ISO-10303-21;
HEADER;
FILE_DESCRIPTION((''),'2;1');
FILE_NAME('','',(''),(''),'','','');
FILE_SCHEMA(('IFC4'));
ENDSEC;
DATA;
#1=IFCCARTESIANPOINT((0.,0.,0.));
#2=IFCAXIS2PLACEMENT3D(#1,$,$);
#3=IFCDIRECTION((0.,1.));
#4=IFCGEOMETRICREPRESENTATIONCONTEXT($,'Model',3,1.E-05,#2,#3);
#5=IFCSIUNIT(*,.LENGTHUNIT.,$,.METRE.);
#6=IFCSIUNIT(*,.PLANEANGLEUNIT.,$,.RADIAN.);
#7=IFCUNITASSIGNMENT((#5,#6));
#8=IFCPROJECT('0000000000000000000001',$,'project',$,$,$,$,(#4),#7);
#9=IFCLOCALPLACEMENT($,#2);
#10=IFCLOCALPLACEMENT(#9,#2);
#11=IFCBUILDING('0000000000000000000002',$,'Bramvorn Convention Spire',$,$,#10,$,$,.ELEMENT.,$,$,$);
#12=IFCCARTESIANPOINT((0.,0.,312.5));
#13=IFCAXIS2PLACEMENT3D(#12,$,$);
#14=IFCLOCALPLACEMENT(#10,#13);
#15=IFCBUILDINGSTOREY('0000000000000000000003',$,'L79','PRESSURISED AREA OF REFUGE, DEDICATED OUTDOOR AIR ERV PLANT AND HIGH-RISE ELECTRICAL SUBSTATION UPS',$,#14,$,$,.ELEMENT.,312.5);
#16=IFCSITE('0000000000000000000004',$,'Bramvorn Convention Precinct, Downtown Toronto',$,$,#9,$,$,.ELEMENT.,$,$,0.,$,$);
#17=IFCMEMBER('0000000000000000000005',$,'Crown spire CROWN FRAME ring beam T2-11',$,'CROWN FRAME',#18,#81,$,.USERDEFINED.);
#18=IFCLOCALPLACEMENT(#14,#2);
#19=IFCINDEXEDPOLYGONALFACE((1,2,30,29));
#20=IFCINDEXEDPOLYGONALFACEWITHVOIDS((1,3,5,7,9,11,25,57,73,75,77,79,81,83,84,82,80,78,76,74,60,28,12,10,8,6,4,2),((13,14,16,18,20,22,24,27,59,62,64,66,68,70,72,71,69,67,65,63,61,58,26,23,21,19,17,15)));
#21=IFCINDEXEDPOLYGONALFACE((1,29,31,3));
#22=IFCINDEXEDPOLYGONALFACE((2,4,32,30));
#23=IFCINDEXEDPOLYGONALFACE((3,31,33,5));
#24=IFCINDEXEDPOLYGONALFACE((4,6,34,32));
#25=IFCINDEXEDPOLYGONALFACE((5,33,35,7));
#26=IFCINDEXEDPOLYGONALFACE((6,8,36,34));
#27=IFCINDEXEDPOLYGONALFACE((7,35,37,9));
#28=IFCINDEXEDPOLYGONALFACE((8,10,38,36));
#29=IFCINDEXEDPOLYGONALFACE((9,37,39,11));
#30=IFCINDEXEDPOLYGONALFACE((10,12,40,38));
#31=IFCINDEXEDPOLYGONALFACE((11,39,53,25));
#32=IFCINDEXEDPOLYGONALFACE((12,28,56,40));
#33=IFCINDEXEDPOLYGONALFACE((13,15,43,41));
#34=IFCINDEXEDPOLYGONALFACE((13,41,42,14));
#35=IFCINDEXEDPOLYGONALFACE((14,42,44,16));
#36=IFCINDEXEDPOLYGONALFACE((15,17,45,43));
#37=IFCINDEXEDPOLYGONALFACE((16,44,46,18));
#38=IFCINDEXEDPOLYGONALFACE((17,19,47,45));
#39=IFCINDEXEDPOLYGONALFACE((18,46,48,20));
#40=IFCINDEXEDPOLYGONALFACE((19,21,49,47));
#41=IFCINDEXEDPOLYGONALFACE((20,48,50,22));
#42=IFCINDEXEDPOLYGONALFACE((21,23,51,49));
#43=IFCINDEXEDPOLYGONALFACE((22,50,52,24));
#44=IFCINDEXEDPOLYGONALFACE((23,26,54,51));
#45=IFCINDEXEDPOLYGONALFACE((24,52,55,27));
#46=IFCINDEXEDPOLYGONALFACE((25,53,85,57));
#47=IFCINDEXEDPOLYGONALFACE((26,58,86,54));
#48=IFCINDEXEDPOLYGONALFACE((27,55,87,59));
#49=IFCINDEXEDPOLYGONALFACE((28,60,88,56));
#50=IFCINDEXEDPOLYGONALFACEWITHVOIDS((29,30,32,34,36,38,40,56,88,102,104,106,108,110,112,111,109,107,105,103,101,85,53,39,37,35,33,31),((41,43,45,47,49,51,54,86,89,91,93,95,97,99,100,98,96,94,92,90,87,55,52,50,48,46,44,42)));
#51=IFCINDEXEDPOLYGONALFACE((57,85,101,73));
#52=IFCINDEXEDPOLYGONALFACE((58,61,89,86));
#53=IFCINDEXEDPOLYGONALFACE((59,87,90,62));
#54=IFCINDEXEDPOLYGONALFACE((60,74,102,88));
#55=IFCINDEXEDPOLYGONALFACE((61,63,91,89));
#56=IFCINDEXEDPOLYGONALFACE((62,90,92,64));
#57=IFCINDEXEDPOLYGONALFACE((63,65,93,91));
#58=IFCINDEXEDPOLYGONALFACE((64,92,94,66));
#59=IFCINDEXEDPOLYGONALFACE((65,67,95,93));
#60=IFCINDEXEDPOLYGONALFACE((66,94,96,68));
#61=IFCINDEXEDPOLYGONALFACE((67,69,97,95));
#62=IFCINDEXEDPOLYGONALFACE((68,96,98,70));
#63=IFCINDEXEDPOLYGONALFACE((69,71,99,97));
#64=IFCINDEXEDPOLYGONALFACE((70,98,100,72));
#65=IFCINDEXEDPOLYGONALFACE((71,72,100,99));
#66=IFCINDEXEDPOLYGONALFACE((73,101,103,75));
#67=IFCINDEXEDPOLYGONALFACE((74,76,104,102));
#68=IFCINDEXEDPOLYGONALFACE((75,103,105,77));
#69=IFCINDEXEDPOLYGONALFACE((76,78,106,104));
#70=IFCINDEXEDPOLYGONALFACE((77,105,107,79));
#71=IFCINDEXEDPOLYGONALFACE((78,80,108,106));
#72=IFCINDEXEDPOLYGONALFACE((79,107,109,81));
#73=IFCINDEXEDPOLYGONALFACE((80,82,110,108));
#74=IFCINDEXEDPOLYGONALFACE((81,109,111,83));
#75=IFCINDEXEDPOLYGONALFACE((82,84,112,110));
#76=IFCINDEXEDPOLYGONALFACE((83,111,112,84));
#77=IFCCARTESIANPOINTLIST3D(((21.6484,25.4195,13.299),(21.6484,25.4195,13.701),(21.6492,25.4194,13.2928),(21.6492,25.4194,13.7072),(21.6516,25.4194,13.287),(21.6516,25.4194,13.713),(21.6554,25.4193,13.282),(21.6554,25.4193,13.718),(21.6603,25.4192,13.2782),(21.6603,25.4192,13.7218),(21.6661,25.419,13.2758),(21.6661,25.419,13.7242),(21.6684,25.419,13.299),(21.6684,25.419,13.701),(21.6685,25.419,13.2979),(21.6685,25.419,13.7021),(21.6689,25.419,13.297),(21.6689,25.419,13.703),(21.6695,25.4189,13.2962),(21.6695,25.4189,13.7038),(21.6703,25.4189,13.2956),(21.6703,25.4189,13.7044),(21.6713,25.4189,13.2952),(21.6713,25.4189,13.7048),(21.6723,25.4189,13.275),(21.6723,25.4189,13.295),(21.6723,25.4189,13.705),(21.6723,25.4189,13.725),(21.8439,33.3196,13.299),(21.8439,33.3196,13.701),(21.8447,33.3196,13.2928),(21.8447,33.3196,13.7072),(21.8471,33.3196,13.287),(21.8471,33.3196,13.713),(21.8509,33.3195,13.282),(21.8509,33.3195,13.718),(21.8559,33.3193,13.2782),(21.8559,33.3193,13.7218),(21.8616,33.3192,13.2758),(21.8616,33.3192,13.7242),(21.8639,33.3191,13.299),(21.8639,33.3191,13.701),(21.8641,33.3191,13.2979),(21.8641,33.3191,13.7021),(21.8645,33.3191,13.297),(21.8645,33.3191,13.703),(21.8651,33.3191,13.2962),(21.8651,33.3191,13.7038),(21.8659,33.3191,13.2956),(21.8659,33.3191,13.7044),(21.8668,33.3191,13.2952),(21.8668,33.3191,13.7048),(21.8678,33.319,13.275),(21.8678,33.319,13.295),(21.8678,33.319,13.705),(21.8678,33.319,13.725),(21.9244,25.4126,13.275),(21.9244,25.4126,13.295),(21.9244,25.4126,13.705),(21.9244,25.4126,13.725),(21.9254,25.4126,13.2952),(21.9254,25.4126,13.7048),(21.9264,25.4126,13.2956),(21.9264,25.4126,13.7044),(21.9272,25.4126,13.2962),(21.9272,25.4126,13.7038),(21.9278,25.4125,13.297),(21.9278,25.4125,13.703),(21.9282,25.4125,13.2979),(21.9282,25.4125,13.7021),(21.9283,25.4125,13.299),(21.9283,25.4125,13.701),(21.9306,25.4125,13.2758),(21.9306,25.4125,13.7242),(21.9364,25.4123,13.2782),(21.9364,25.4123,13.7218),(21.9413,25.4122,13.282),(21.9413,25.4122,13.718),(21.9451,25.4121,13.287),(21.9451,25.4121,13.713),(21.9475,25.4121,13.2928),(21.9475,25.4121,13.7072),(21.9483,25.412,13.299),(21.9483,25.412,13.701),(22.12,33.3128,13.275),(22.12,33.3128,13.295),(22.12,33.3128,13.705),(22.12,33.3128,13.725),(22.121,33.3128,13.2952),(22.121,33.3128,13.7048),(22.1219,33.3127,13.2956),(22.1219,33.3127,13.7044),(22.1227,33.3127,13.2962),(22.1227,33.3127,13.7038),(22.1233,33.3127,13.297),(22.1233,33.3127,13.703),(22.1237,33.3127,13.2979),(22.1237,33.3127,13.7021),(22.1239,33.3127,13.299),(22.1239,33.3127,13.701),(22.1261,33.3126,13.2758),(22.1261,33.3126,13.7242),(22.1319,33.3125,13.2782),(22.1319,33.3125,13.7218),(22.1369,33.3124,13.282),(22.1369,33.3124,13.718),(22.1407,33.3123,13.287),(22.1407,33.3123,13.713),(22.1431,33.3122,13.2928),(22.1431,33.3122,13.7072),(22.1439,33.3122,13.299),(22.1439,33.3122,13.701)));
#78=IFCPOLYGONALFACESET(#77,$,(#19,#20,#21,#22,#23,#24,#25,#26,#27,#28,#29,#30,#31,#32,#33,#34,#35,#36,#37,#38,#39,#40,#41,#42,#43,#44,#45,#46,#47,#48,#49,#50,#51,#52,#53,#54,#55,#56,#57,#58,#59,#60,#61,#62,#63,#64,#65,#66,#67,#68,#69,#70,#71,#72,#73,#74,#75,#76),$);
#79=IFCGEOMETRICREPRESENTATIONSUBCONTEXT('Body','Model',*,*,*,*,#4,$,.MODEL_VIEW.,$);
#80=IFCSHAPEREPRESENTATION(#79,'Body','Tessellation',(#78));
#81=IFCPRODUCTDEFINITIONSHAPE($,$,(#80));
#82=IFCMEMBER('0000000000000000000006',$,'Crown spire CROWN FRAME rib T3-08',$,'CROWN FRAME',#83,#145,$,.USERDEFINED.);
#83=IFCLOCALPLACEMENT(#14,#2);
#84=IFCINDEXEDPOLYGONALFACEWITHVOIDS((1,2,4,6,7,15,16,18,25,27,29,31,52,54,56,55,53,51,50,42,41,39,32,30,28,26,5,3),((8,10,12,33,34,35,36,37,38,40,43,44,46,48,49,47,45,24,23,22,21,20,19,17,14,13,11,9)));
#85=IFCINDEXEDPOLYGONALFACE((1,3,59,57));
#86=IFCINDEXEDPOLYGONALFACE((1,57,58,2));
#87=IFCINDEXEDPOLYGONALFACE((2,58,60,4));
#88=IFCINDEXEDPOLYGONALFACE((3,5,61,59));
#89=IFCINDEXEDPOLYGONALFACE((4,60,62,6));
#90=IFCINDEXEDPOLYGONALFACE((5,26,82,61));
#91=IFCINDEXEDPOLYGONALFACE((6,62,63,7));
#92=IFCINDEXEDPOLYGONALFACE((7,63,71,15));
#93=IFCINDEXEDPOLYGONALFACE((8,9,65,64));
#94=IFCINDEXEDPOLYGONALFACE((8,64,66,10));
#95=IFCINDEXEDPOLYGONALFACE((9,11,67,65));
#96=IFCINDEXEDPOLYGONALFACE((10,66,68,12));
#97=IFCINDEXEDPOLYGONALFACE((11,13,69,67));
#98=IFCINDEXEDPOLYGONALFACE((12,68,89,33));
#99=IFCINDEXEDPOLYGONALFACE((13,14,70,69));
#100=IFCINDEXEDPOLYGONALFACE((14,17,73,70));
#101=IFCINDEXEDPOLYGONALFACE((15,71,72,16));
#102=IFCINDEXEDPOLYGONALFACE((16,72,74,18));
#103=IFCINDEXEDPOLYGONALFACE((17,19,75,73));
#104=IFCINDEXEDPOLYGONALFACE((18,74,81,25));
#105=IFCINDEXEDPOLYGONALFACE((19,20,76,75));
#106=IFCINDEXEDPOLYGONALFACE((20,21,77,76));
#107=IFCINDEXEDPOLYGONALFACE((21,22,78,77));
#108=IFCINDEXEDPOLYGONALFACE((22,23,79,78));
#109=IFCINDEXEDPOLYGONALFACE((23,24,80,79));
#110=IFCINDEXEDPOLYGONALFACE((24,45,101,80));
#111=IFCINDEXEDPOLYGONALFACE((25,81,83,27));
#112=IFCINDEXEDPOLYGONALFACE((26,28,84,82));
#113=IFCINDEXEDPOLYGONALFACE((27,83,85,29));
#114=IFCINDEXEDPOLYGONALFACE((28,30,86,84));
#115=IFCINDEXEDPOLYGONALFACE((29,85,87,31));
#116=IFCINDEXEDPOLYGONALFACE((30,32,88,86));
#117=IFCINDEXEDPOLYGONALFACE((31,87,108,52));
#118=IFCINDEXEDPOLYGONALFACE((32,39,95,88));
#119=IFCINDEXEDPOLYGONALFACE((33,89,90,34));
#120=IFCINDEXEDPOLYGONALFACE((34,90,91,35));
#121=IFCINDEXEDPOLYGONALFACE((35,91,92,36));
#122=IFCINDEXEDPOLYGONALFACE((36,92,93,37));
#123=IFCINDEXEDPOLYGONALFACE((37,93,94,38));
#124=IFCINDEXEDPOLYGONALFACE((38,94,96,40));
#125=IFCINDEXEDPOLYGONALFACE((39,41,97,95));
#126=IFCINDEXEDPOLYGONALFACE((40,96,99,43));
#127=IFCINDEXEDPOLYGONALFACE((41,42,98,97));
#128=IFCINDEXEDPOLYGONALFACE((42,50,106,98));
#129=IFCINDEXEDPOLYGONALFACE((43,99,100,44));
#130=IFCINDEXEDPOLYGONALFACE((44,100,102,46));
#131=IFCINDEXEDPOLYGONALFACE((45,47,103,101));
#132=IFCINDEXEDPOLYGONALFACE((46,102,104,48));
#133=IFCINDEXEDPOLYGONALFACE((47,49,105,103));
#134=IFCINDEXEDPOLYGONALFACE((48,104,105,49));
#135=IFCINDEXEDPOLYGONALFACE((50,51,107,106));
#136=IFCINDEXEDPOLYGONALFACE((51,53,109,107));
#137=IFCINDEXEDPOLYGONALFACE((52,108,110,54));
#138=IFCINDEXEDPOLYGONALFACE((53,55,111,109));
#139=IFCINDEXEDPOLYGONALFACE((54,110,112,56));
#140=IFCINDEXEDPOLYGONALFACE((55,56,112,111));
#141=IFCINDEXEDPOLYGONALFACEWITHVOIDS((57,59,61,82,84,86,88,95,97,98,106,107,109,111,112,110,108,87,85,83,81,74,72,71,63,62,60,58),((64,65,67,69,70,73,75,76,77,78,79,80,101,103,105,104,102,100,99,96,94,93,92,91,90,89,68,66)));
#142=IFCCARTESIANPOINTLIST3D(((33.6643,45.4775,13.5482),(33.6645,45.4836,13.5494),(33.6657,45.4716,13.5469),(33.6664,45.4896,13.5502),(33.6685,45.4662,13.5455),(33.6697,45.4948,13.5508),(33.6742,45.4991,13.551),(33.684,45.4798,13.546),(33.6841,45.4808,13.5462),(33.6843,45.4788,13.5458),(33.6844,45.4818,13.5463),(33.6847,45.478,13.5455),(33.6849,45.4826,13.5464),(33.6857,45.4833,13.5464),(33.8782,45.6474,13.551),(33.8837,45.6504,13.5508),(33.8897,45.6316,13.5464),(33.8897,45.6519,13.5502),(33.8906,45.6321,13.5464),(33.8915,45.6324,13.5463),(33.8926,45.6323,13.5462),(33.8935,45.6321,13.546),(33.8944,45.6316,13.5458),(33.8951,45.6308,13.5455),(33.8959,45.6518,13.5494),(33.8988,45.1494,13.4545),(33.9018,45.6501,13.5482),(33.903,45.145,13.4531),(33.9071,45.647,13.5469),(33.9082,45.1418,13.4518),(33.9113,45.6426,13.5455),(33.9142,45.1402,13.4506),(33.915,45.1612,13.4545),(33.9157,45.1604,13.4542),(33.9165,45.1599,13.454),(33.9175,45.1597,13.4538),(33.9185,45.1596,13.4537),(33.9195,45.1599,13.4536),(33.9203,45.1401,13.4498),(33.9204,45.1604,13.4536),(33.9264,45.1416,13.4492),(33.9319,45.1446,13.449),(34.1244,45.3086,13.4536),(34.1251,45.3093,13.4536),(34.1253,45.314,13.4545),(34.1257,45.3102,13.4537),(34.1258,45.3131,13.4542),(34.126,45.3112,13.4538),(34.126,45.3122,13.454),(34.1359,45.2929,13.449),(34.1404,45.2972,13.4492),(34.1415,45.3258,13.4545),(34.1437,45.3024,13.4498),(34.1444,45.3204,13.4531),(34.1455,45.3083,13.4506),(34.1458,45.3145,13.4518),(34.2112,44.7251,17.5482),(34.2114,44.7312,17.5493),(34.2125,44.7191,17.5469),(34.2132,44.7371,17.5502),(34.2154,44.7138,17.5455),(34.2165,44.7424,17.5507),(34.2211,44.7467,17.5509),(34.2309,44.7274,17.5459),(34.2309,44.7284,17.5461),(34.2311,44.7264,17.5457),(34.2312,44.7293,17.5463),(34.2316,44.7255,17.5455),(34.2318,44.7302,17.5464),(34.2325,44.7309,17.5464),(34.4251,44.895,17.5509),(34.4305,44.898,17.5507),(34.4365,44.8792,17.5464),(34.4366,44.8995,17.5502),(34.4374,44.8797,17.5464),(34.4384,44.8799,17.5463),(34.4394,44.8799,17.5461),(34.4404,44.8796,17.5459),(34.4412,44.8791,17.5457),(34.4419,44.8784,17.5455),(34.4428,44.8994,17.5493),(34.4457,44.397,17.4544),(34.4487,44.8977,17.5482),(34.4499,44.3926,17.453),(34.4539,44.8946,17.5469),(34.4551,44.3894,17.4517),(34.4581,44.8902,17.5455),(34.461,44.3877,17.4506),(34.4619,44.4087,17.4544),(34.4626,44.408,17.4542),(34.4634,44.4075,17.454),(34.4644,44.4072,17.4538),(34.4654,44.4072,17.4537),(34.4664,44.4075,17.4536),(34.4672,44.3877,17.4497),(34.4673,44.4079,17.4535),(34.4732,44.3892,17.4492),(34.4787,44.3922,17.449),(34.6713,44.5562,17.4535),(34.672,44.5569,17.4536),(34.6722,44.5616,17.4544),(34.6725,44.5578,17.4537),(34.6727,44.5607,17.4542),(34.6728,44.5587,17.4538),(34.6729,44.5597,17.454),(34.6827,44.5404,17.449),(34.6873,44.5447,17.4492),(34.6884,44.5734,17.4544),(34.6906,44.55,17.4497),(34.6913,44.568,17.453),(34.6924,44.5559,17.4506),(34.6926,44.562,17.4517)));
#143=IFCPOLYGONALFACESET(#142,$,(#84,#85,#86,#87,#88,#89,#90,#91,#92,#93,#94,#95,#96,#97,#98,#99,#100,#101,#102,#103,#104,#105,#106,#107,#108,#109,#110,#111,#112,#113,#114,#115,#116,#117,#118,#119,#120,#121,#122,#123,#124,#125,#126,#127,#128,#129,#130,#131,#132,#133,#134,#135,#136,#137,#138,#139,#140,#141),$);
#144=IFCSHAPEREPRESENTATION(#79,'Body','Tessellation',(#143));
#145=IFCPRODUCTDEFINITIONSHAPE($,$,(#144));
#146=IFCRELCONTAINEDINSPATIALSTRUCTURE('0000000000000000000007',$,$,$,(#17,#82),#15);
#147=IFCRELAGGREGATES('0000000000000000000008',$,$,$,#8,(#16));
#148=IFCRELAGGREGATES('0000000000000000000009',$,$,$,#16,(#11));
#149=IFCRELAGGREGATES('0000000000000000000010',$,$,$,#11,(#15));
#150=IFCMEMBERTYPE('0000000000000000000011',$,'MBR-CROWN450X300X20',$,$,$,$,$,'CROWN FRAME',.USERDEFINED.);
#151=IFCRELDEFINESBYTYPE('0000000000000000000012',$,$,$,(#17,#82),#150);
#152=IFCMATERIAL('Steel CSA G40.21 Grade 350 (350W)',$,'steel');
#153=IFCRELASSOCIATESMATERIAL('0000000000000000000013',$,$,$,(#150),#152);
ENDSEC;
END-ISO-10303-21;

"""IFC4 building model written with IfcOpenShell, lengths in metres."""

from ifc_helpers import new_model, si_unit, direction, frame, origin, origin_2d, place, context, subcontext, project, spatial, hollow_rectangle, extrude, material, material_profile, profile_set, type_object, element, save


model = new_model("IFC4")

# Units and contexts
model_context = context("Model", 3, precision=1e-05, world=origin(), true_north=direction((0.0, 1.0)))
body_context = subcontext(model_context, "Body", "Model", "MODEL_VIEW")
ifc_project = project(units=[si_unit("LENGTHUNIT", "METRE"), si_unit("PLANEANGLEUNIT", "RADIAN")], contexts=[model_context])

# Site, building, storey
site_placement = place(None, origin())
site = spatial("IfcSite", under=ifc_project, at=site_placement, Name="Bramvorn Convention Precinct, Downtown Toronto", CompositionType="ELEMENT", RefElevation=0.0)
building_placement = place(site_placement, origin())
building = spatial("IfcBuilding", under=site, at=building_placement, Name="Bramvorn Convention Spire", CompositionType="ELEMENT")
storey_placement = place(building_placement, frame((0.0, 0.0, 312.5)))
storey = spatial("IfcBuildingStorey", under=building, at=storey_placement, Name="L79", Description="PRESSURISED AREA OF REFUGE, DEDICATED OUTDOOR AIR ERV PLANT AND HIGH-RISE ELECTRICAL SUBSTATION UPS", CompositionType="ELEMENT", Elevation=312.5)

# Shared definitions
ifc_material_1 = material(Name="Steel CSA G40.21 Grade 350 (350W)", Category="steel")

# Members
ifc_material_profile_1 = material_profile(ifc_material_1, hollow_rectangle(XDim=0.3, YDim=0.45, WallThickness=0.02, InnerFilletRadius=0.0039, OuterFilletRadius=0.0239, at=origin_2d()))
ifc_profile_set_1 = profile_set([ifc_material_profile_1], Name="Steel CSA G40.21 Grade 350 (350W) - CROWN450X300X20")
member_type = type_object("IfcMemberType", Name="MBR-CROWN450X300X20", ElementType="CROWN FRAME", PredefinedType="USERDEFINED", material=ifc_profile_set_1)
member_1_placement = place(storey_placement, frame((21.9939, 33.3159, 13.5), z_axis=(-0.024746, -0.999694, 0.0), x_axis=(0.999694, -0.024746, 0.0)))
element("IfcMember", 1, at=member_1_placement, inside=storey, type_object=member_type, Name="Crown spire CROWN FRAME ring beam T2-11", ObjectType="CROWN FRAME", PredefinedType="USERDEFINED", context=body_context, shape_type="SweptSolid", body=[
    extrude(hollow_rectangle(XDim=0.3, YDim=0.45, WallThickness=0.02, InnerFilletRadius=0.0039, OuterFilletRadius=0.0239, at=origin_2d()), origin(), (0.0, 0.0, 1.0), 7.9026),
])
member_2_placement = place(storey_placement, frame((33.905, 45.396, 13.5), z_axis=(0.133166, -0.183221, 0.974011), x_axis=(0.808918, 0.587922, 0.0)))
element("IfcMember", 2, at=member_2_placement, inside=storey, type_object=member_type, Name="Crown spire CROWN FRAME rib T3-08", ObjectType="CROWN FRAME", PredefinedType="USERDEFINED", context=body_context, shape_type="SweptSolid", body=[
    extrude(hollow_rectangle(XDim=0.3, YDim=0.45, WallThickness=0.02, InnerFilletRadius=0.0039, OuterFilletRadius=0.0239, at=origin_2d()), origin(), (0.0, 0.0, 1.0), 4.1067),
])

save(model, "model.ifc")
